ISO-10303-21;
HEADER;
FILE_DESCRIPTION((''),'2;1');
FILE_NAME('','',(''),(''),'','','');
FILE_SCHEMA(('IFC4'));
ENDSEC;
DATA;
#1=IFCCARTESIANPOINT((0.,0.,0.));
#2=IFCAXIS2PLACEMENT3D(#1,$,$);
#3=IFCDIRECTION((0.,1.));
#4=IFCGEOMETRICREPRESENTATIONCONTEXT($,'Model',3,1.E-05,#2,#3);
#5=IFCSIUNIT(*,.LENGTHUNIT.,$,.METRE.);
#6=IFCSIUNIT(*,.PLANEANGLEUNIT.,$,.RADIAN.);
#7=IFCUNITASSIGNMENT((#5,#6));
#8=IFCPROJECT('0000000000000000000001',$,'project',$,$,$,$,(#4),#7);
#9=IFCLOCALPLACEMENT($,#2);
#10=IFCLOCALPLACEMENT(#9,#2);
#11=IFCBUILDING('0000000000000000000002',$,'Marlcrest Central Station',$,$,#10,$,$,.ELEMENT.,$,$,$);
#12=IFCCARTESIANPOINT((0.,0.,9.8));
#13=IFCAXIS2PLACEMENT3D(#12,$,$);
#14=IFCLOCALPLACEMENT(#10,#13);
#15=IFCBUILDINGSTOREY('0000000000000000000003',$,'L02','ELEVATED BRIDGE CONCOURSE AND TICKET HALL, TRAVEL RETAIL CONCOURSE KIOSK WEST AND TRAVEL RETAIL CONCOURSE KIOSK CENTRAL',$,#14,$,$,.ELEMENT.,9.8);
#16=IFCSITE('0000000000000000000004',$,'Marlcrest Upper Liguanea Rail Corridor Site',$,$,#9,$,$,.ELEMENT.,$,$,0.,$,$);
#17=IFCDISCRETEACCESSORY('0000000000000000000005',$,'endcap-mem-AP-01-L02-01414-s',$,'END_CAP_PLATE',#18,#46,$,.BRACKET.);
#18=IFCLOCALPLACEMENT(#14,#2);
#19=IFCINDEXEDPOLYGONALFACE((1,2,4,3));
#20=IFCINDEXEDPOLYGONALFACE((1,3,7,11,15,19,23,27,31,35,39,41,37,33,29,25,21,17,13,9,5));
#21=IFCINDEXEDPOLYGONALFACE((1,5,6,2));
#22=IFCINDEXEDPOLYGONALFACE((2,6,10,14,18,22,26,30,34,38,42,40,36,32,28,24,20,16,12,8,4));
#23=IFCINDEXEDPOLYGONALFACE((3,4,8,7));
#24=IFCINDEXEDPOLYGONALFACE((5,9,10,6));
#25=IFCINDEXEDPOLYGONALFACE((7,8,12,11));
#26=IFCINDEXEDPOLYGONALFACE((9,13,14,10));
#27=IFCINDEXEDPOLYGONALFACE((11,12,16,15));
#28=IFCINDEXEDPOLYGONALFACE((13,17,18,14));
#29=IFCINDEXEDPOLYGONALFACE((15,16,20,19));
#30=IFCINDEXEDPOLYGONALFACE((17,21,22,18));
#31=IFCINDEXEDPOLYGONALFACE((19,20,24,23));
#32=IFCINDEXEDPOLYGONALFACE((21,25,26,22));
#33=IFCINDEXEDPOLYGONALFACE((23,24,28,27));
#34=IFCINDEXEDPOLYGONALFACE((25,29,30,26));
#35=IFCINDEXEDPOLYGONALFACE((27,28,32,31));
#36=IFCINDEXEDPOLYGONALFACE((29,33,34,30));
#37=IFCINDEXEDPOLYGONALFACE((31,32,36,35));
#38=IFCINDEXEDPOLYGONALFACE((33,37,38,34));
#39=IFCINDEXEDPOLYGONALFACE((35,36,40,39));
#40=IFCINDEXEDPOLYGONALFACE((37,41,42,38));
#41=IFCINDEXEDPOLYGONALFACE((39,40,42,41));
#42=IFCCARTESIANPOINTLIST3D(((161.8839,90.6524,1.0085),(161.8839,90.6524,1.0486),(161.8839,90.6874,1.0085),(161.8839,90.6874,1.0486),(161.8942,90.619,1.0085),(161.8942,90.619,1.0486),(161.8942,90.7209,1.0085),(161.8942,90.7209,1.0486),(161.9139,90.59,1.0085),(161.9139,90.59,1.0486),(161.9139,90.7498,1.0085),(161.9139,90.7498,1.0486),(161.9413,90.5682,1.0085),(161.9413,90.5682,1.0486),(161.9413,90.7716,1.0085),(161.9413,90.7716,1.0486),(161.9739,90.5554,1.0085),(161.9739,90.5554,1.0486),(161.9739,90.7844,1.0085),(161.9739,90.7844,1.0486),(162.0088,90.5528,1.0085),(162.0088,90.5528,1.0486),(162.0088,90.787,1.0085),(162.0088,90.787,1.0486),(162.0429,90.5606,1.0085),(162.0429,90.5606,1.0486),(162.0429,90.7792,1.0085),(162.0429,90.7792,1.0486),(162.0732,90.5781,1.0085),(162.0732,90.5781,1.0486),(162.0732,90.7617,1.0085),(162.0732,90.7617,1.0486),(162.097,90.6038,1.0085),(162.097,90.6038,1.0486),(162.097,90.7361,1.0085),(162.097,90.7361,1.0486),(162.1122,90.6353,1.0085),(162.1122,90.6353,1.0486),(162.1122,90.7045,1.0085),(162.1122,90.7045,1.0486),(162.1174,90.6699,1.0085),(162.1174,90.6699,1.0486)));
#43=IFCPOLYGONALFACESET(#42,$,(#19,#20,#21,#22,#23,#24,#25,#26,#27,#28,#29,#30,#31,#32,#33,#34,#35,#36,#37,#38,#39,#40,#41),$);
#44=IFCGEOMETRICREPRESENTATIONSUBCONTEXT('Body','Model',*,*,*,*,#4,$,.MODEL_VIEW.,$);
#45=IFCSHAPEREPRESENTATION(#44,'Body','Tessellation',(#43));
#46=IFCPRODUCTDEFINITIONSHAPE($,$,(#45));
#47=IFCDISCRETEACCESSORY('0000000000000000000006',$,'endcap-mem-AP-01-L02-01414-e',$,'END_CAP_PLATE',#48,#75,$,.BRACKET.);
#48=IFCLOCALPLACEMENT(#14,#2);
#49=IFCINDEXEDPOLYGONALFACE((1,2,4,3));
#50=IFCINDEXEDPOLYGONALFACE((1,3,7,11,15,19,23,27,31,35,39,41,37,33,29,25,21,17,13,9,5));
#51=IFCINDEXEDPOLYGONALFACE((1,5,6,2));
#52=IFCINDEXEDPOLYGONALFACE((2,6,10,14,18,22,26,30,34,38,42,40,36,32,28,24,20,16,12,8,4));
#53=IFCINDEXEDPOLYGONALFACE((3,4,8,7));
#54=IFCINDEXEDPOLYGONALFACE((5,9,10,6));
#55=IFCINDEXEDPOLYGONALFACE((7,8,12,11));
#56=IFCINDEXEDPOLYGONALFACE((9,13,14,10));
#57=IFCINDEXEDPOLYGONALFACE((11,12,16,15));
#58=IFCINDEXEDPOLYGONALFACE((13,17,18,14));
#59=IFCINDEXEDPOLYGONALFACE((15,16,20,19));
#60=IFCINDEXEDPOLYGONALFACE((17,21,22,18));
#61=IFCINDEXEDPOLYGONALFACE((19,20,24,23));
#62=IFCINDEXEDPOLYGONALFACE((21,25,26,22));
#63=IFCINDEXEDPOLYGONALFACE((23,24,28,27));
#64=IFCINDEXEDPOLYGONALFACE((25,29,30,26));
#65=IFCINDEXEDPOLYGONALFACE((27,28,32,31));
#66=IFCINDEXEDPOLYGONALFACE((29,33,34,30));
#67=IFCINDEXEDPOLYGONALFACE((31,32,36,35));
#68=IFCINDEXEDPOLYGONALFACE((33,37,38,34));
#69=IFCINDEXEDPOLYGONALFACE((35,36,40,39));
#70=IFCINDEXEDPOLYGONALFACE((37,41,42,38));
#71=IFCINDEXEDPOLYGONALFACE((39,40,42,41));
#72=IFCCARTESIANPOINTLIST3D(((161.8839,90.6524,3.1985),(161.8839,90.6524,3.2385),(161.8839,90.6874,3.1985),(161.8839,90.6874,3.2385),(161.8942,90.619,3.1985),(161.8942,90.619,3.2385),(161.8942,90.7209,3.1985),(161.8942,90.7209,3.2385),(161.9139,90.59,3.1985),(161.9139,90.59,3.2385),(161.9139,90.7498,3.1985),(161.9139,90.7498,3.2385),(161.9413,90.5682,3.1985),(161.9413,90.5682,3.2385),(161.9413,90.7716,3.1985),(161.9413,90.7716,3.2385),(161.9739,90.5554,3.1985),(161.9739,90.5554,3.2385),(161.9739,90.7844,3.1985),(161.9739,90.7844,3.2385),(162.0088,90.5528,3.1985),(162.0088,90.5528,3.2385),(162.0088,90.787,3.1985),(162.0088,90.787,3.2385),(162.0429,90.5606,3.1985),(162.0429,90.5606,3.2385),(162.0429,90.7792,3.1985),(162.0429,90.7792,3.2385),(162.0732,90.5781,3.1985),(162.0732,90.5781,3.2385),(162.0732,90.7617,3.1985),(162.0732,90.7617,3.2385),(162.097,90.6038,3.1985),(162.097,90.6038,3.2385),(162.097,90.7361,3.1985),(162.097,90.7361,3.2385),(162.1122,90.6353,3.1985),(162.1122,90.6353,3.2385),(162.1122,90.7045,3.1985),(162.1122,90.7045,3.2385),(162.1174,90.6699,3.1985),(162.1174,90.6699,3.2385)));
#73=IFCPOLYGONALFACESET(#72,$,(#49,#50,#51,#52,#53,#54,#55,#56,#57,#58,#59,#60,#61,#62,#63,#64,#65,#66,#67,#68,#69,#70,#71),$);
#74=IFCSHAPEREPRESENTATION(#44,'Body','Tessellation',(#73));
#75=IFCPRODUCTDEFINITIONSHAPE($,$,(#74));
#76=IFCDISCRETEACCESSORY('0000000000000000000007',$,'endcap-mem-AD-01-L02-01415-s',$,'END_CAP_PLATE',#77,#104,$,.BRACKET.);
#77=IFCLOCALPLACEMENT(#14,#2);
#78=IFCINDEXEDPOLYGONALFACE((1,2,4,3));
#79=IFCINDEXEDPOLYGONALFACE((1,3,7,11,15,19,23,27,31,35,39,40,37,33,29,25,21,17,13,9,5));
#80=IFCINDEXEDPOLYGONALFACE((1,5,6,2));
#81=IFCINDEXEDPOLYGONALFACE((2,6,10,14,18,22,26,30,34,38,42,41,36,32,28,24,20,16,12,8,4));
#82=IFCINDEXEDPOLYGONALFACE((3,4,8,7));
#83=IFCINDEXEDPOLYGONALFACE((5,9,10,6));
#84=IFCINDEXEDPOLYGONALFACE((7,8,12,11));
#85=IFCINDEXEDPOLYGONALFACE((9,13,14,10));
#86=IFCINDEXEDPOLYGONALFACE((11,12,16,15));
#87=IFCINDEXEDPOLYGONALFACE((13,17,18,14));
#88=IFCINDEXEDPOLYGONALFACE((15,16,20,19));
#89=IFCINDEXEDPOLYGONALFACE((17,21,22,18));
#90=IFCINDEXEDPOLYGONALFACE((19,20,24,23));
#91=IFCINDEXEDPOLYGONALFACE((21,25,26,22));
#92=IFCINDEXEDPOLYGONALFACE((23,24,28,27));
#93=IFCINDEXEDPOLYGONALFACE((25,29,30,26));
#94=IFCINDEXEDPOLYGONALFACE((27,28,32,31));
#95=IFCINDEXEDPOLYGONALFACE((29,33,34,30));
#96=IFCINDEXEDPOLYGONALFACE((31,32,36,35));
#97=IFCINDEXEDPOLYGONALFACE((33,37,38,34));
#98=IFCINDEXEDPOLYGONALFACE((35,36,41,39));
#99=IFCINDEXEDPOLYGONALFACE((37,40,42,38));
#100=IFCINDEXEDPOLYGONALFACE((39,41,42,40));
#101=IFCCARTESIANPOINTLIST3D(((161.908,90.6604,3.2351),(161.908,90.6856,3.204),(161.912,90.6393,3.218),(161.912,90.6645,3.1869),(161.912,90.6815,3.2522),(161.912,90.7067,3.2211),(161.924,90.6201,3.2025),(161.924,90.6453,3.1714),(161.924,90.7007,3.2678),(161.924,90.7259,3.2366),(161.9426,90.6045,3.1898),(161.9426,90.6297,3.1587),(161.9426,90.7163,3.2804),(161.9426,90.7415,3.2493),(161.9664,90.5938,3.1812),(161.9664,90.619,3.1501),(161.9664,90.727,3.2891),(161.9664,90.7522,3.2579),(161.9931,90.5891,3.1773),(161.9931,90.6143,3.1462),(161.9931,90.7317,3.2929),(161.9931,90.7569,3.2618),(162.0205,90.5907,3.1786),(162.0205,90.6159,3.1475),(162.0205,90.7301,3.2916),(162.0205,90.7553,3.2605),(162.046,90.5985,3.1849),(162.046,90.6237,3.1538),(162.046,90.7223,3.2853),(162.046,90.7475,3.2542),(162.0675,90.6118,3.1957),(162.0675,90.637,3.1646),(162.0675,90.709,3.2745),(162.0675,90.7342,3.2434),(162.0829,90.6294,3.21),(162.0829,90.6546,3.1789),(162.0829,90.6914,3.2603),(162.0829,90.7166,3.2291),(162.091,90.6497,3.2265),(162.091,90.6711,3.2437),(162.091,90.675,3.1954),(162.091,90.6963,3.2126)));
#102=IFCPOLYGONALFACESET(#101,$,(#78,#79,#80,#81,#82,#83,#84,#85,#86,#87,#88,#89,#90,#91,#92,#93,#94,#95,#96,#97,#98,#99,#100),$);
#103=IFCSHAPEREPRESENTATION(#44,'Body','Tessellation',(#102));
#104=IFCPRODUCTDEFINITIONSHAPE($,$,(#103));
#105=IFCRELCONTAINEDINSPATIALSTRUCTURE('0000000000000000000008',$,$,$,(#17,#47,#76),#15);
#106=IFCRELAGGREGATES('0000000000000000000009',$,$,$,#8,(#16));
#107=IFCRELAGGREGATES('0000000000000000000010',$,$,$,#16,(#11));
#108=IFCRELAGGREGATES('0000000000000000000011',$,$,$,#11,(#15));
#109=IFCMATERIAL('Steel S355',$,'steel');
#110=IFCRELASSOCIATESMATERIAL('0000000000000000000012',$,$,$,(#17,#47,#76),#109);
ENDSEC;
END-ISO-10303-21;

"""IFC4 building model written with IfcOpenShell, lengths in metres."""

from ifc_helpers import new_model, si_unit, direction, frame, origin, origin_2d, place, context, subcontext, project, spatial, circle, extrude, material, element, save


model = new_model("IFC4")

# Units and contexts
model_context = context("Model", 3, precision=1e-05, world=origin(), true_north=direction((0.0, 1.0)))
body_context = subcontext(model_context, "Body", "Model", "MODEL_VIEW")
ifc_project = project(units=[si_unit("LENGTHUNIT", "METRE"), si_unit("PLANEANGLEUNIT", "RADIAN")], contexts=[model_context])

# Site, building, storey
site_placement = place(None, origin())
site = spatial("IfcSite", under=ifc_project, at=site_placement, Name="Marlcrest Upper Liguanea Rail Corridor Site", CompositionType="ELEMENT", RefElevation=0.0)
building_placement = place(site_placement, origin())
building = spatial("IfcBuilding", under=site, at=building_placement, Name="Marlcrest Central Station", CompositionType="ELEMENT")
storey_placement = place(building_placement, frame((0.0, 0.0, 9.8)))
storey = spatial("IfcBuildingStorey", under=building, at=storey_placement, Name="L02", Description="ELEVATED BRIDGE CONCOURSE AND TICKET HALL, TRAVEL RETAIL CONCOURSE KIOSK WEST AND TRAVEL RETAIL CONCOURSE KIOSK CENTRAL", CompositionType="ELEMENT", Elevation=9.8)

# Shared definitions
ifc_material_1 = material(Name="Steel S355", Category="steel")

# Discrete accessories
for number, where, z_axis, x_axis, name in (
    (1, (162.0, 90.6699, 1.0085), (0.0, 0.0, 1.0), (1.0, 0.0, 0.0), "endcap-mem-AP-01-L02-01414-s"),
    (2, (162.0, 90.6699, 3.1985), (0.0, 0.0, 1.0), (1.0, 0.0, 0.0), "endcap-mem-AP-01-L02-01414-e"),
):
    element("IfcDiscreteAccessory", number, at=place(storey_placement, frame(where, z_axis=z_axis, x_axis=x_axis)), inside=storey, material=ifc_material_1, Name=name, ObjectType="END_CAP_PLATE", PredefinedType="BRACKET", context=body_context, shape_type="SweptSolid", body=[
        extrude(circle(Radius=0.1174, at=origin_2d()), origin(), (0.0, 0.0, 1.0), 0.04),
    ])
discrete_accessory_1_placement = place(storey_placement, frame((162.0, 90.6604, 3.2351), z_axis=(0.0, 0.629629, -0.776896), x_axis=(-1.0, 0.0, 0.0)))
element("IfcDiscreteAccessory", 3, at=discrete_accessory_1_placement, inside=storey, material=ifc_material_1, Name="endcap-mem-AD-01-L02-01415-s", ObjectType="END_CAP_PLATE", PredefinedType="BRACKET", context=body_context, shape_type="SweptSolid", body=[
    extrude(circle(Radius=0.092, at=origin_2d()), origin(), (0.0, 0.0, 1.0), 0.04),
])

save(model, "model.ifc")
